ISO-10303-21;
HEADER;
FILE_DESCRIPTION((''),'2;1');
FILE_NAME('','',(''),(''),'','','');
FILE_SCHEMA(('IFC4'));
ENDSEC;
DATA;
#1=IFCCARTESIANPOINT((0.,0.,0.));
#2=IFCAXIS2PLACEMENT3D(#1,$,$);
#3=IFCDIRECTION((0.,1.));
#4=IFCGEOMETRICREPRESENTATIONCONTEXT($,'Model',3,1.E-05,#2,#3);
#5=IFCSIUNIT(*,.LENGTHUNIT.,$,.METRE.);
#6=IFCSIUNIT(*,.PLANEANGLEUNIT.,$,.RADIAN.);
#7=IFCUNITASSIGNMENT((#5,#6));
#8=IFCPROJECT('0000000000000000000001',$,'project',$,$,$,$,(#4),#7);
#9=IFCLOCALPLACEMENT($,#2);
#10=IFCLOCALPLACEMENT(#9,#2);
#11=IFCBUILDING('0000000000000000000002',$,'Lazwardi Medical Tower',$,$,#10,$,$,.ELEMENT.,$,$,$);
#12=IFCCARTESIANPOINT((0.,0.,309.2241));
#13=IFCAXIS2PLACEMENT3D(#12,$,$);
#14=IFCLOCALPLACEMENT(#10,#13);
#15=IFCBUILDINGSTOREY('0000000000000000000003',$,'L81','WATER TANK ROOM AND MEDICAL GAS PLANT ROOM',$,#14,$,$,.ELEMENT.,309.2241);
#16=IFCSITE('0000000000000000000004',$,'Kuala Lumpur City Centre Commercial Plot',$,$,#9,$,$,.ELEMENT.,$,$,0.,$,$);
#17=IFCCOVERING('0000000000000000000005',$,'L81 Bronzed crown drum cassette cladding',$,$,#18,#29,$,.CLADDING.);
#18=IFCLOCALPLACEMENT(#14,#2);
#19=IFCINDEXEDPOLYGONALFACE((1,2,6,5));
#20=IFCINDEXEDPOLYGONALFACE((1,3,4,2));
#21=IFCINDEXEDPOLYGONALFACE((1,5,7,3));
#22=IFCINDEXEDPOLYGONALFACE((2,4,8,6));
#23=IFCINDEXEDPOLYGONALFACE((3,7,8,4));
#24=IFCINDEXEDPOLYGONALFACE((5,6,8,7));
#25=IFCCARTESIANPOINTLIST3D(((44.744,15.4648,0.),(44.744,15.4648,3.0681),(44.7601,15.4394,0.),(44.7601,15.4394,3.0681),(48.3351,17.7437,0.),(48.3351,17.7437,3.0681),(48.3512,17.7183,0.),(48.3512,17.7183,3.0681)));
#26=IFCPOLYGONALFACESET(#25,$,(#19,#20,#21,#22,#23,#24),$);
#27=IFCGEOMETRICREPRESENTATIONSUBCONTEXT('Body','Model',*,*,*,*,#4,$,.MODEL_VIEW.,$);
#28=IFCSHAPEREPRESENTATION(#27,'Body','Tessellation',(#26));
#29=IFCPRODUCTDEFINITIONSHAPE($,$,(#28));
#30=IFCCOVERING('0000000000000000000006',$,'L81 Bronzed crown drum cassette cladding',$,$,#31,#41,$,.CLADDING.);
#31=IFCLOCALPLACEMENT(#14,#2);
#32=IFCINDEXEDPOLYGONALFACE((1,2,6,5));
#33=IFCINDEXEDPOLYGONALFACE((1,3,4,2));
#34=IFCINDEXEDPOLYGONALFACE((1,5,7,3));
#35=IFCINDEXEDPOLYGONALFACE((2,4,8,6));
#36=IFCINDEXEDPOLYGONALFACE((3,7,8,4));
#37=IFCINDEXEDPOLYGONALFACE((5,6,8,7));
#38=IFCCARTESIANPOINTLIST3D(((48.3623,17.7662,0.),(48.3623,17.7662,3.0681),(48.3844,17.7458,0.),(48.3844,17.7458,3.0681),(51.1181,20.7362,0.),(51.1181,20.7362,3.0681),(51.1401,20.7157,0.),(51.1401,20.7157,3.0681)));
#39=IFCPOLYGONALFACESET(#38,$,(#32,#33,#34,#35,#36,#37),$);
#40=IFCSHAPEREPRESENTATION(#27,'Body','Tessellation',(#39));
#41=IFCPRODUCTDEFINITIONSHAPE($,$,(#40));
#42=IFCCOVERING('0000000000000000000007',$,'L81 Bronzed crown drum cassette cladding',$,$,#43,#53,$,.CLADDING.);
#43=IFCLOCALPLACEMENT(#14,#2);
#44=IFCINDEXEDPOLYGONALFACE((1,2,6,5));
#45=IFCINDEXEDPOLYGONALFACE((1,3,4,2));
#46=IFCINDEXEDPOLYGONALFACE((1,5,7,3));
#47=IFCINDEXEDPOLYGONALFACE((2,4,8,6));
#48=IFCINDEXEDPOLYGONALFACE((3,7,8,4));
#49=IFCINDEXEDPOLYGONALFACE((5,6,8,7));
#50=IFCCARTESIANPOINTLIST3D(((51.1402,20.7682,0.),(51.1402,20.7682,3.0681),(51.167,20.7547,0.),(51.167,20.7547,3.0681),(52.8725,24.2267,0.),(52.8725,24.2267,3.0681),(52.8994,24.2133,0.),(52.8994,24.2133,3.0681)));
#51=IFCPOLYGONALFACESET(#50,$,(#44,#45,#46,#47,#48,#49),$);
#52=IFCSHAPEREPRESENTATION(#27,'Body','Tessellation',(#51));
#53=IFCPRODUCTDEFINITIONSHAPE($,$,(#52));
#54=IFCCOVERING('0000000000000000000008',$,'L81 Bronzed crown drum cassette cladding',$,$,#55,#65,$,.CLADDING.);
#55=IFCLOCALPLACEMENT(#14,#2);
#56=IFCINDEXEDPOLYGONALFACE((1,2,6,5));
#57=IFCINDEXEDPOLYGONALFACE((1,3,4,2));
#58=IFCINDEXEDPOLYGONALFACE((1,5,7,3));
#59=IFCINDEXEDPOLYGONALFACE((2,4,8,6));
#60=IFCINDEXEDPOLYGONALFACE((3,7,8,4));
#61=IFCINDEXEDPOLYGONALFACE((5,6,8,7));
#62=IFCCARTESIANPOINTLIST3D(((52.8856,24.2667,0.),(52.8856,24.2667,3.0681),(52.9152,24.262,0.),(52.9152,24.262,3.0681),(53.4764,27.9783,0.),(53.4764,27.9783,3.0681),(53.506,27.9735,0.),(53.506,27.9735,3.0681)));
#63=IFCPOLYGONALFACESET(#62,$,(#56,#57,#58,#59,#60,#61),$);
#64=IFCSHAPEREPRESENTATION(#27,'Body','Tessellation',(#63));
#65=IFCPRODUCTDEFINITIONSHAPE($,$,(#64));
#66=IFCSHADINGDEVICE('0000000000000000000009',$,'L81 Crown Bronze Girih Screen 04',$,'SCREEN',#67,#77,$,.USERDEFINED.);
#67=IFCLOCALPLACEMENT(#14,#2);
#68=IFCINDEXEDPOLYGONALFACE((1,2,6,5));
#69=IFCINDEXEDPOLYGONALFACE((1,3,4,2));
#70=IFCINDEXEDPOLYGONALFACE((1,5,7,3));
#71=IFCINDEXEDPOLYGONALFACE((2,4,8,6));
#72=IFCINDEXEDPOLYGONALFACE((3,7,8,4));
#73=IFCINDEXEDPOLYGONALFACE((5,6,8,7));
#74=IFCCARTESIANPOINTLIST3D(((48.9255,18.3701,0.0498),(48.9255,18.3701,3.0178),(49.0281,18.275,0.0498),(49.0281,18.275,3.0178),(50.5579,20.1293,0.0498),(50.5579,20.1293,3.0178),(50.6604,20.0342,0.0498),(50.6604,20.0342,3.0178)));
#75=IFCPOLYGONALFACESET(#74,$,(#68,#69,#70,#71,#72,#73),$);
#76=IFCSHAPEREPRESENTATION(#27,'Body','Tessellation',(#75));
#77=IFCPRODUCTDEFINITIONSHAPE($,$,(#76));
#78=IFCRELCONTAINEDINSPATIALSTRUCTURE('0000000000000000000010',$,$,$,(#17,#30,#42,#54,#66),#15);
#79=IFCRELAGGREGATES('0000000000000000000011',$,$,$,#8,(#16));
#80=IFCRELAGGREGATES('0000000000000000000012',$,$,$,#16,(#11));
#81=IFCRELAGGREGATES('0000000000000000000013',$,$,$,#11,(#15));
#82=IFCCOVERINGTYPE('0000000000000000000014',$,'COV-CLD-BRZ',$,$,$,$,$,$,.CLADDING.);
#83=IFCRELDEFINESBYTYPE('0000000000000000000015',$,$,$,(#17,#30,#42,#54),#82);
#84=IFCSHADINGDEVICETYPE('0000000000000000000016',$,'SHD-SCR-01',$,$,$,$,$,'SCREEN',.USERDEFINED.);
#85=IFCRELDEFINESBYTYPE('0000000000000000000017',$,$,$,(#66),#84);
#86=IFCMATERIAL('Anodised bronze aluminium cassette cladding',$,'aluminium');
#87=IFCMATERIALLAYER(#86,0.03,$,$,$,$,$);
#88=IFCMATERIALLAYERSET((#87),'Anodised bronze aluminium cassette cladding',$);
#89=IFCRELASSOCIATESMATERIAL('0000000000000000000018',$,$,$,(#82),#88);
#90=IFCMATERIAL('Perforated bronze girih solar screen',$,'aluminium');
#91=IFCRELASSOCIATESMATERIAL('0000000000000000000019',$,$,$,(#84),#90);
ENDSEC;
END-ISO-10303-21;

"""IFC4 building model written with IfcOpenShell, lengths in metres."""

from ifc_helpers import new_model, si_unit, direction, frame, origin, origin_2d, place, context, subcontext, project, spatial, rectangle, extrude, material, layer, layer_set, type_object, element, save


model = new_model("IFC4")

# Units and contexts
model_context = context("Model", 3, precision=1e-05, world=origin(), true_north=direction((0.0, 1.0)))
body_context = subcontext(model_context, "Body", "Model", "MODEL_VIEW")
ifc_project = project(units=[si_unit("LENGTHUNIT", "METRE"), si_unit("PLANEANGLEUNIT", "RADIAN")], contexts=[model_context])

# Site, building, storey
site_placement = place(None, origin())
site = spatial("IfcSite", under=ifc_project, at=site_placement, Name="Kuala Lumpur City Centre Commercial Plot", CompositionType="ELEMENT", RefElevation=0.0)
building_placement = place(site_placement, origin())
building = spatial("IfcBuilding", under=site, at=building_placement, Name="Lazwardi Medical Tower", CompositionType="ELEMENT")
storey_placement = place(building_placement, frame((0.0, 0.0, 309.2241)))
storey = spatial("IfcBuildingStorey", under=building, at=storey_placement, Name="L81", Description="WATER TANK ROOM AND MEDICAL GAS PLANT ROOM", CompositionType="ELEMENT", Elevation=309.2241)

# Coverings
ifc_material_1 = material(Name="Anodised bronze aluminium cassette cladding", Category="aluminium")
ifc_layer_1 = layer(ifc_material_1, 0.03)
ifc_layer_set_1 = layer_set([ifc_layer_1], Name="Anodised bronze aluminium cassette cladding")
covering_type = type_object("IfcCoveringType", Name="COV-CLD-BRZ", PredefinedType="CLADDING", material=ifc_layer_set_1)
covering_1_placement = place(storey_placement, frame((46.5476, 16.5916, 0.0), z_axis=(0.0, 0.0, 1.0), x_axis=(0.844343, 0.535803, 0.0)))
element("IfcCovering", 1, at=covering_1_placement, inside=storey, type_object=covering_type, Name="L81 Bronzed crown drum cassette cladding", PredefinedType="CLADDING", context=body_context, shape_type="SweptSolid", body=[
    extrude(rectangle(XDim=4.2532, YDim=0.03, at=origin_2d()), origin(), (0.0, 0.0, 1.0), 3.0681),
])
covering_2_placement = place(storey_placement, frame((49.7512, 19.241, 0.0), z_axis=(0.0, 0.0, 1.0), x_axis=(0.680177, 0.733048, 0.0)))
element("IfcCovering", 2, at=covering_2_placement, inside=storey, type_object=covering_type, Name="L81 Bronzed crown drum cassette cladding", PredefinedType="CLADDING", context=body_context, shape_type="SweptSolid", body=[
    extrude(rectangle(XDim=4.0515, YDim=0.03, at=origin_2d()), origin(), (0.0, 0.0, 1.0), 3.0681),
])
covering_3_placement = place(storey_placement, frame((52.0198, 22.4907, 0.0), z_axis=(0.0, 0.0, 1.0), x_axis=(0.447845, 0.894111, 0.0)))
element("IfcCovering", 3, at=covering_3_placement, inside=storey, type_object=covering_type, Name="L81 Bronzed crown drum cassette cladding", PredefinedType="CLADDING", context=body_context, shape_type="SweptSolid", body=[
    extrude(rectangle(XDim=3.8682, YDim=0.03, at=origin_2d()), origin(), (0.0, 0.0, 1.0), 3.0681),
])
covering_4_placement = place(storey_placement, frame((53.1958, 26.1201, 0.0), z_axis=(0.0, 0.0, 1.0), x_axis=(0.157202, 0.987567, 0.0)))
element("IfcCovering", 4, at=covering_4_placement, inside=storey, type_object=covering_type, Name="L81 Bronzed crown drum cassette cladding", PredefinedType="CLADDING", context=body_context, shape_type="SweptSolid", body=[
    extrude(rectangle(XDim=3.7583, YDim=0.03, at=origin_2d()), origin(), (0.0, 0.0, 1.0), 3.0681),
])

# Shading device
ifc_material_2 = material(Name="Perforated bronze girih solar screen", Category="aluminium")
shading_device_type = type_object("IfcShadingDeviceType", Name="SHD-SCR-01", ElementType="SCREEN", PredefinedType="USERDEFINED", material=ifc_material_2)
shading_device_placement = place(storey_placement, frame((49.793, 19.2021, 0.0498), z_axis=(0.0, 0.0, 1.0), x_axis=(0.680177, 0.733048, 0.0)))
element("IfcShadingDevice", 5, at=shading_device_placement, inside=storey, type_object=shading_device_type, Name="L81 Crown Bronze Girih Screen 04", ObjectType="SCREEN", PredefinedType="USERDEFINED", context=body_context, shape_type="SweptSolid", body=[
    extrude(rectangle(XDim=2.3999, YDim=0.1399, at=origin_2d()), origin(), (0.0, 0.0, 1.0), 2.968),
])

save(model, "model.ifc")
